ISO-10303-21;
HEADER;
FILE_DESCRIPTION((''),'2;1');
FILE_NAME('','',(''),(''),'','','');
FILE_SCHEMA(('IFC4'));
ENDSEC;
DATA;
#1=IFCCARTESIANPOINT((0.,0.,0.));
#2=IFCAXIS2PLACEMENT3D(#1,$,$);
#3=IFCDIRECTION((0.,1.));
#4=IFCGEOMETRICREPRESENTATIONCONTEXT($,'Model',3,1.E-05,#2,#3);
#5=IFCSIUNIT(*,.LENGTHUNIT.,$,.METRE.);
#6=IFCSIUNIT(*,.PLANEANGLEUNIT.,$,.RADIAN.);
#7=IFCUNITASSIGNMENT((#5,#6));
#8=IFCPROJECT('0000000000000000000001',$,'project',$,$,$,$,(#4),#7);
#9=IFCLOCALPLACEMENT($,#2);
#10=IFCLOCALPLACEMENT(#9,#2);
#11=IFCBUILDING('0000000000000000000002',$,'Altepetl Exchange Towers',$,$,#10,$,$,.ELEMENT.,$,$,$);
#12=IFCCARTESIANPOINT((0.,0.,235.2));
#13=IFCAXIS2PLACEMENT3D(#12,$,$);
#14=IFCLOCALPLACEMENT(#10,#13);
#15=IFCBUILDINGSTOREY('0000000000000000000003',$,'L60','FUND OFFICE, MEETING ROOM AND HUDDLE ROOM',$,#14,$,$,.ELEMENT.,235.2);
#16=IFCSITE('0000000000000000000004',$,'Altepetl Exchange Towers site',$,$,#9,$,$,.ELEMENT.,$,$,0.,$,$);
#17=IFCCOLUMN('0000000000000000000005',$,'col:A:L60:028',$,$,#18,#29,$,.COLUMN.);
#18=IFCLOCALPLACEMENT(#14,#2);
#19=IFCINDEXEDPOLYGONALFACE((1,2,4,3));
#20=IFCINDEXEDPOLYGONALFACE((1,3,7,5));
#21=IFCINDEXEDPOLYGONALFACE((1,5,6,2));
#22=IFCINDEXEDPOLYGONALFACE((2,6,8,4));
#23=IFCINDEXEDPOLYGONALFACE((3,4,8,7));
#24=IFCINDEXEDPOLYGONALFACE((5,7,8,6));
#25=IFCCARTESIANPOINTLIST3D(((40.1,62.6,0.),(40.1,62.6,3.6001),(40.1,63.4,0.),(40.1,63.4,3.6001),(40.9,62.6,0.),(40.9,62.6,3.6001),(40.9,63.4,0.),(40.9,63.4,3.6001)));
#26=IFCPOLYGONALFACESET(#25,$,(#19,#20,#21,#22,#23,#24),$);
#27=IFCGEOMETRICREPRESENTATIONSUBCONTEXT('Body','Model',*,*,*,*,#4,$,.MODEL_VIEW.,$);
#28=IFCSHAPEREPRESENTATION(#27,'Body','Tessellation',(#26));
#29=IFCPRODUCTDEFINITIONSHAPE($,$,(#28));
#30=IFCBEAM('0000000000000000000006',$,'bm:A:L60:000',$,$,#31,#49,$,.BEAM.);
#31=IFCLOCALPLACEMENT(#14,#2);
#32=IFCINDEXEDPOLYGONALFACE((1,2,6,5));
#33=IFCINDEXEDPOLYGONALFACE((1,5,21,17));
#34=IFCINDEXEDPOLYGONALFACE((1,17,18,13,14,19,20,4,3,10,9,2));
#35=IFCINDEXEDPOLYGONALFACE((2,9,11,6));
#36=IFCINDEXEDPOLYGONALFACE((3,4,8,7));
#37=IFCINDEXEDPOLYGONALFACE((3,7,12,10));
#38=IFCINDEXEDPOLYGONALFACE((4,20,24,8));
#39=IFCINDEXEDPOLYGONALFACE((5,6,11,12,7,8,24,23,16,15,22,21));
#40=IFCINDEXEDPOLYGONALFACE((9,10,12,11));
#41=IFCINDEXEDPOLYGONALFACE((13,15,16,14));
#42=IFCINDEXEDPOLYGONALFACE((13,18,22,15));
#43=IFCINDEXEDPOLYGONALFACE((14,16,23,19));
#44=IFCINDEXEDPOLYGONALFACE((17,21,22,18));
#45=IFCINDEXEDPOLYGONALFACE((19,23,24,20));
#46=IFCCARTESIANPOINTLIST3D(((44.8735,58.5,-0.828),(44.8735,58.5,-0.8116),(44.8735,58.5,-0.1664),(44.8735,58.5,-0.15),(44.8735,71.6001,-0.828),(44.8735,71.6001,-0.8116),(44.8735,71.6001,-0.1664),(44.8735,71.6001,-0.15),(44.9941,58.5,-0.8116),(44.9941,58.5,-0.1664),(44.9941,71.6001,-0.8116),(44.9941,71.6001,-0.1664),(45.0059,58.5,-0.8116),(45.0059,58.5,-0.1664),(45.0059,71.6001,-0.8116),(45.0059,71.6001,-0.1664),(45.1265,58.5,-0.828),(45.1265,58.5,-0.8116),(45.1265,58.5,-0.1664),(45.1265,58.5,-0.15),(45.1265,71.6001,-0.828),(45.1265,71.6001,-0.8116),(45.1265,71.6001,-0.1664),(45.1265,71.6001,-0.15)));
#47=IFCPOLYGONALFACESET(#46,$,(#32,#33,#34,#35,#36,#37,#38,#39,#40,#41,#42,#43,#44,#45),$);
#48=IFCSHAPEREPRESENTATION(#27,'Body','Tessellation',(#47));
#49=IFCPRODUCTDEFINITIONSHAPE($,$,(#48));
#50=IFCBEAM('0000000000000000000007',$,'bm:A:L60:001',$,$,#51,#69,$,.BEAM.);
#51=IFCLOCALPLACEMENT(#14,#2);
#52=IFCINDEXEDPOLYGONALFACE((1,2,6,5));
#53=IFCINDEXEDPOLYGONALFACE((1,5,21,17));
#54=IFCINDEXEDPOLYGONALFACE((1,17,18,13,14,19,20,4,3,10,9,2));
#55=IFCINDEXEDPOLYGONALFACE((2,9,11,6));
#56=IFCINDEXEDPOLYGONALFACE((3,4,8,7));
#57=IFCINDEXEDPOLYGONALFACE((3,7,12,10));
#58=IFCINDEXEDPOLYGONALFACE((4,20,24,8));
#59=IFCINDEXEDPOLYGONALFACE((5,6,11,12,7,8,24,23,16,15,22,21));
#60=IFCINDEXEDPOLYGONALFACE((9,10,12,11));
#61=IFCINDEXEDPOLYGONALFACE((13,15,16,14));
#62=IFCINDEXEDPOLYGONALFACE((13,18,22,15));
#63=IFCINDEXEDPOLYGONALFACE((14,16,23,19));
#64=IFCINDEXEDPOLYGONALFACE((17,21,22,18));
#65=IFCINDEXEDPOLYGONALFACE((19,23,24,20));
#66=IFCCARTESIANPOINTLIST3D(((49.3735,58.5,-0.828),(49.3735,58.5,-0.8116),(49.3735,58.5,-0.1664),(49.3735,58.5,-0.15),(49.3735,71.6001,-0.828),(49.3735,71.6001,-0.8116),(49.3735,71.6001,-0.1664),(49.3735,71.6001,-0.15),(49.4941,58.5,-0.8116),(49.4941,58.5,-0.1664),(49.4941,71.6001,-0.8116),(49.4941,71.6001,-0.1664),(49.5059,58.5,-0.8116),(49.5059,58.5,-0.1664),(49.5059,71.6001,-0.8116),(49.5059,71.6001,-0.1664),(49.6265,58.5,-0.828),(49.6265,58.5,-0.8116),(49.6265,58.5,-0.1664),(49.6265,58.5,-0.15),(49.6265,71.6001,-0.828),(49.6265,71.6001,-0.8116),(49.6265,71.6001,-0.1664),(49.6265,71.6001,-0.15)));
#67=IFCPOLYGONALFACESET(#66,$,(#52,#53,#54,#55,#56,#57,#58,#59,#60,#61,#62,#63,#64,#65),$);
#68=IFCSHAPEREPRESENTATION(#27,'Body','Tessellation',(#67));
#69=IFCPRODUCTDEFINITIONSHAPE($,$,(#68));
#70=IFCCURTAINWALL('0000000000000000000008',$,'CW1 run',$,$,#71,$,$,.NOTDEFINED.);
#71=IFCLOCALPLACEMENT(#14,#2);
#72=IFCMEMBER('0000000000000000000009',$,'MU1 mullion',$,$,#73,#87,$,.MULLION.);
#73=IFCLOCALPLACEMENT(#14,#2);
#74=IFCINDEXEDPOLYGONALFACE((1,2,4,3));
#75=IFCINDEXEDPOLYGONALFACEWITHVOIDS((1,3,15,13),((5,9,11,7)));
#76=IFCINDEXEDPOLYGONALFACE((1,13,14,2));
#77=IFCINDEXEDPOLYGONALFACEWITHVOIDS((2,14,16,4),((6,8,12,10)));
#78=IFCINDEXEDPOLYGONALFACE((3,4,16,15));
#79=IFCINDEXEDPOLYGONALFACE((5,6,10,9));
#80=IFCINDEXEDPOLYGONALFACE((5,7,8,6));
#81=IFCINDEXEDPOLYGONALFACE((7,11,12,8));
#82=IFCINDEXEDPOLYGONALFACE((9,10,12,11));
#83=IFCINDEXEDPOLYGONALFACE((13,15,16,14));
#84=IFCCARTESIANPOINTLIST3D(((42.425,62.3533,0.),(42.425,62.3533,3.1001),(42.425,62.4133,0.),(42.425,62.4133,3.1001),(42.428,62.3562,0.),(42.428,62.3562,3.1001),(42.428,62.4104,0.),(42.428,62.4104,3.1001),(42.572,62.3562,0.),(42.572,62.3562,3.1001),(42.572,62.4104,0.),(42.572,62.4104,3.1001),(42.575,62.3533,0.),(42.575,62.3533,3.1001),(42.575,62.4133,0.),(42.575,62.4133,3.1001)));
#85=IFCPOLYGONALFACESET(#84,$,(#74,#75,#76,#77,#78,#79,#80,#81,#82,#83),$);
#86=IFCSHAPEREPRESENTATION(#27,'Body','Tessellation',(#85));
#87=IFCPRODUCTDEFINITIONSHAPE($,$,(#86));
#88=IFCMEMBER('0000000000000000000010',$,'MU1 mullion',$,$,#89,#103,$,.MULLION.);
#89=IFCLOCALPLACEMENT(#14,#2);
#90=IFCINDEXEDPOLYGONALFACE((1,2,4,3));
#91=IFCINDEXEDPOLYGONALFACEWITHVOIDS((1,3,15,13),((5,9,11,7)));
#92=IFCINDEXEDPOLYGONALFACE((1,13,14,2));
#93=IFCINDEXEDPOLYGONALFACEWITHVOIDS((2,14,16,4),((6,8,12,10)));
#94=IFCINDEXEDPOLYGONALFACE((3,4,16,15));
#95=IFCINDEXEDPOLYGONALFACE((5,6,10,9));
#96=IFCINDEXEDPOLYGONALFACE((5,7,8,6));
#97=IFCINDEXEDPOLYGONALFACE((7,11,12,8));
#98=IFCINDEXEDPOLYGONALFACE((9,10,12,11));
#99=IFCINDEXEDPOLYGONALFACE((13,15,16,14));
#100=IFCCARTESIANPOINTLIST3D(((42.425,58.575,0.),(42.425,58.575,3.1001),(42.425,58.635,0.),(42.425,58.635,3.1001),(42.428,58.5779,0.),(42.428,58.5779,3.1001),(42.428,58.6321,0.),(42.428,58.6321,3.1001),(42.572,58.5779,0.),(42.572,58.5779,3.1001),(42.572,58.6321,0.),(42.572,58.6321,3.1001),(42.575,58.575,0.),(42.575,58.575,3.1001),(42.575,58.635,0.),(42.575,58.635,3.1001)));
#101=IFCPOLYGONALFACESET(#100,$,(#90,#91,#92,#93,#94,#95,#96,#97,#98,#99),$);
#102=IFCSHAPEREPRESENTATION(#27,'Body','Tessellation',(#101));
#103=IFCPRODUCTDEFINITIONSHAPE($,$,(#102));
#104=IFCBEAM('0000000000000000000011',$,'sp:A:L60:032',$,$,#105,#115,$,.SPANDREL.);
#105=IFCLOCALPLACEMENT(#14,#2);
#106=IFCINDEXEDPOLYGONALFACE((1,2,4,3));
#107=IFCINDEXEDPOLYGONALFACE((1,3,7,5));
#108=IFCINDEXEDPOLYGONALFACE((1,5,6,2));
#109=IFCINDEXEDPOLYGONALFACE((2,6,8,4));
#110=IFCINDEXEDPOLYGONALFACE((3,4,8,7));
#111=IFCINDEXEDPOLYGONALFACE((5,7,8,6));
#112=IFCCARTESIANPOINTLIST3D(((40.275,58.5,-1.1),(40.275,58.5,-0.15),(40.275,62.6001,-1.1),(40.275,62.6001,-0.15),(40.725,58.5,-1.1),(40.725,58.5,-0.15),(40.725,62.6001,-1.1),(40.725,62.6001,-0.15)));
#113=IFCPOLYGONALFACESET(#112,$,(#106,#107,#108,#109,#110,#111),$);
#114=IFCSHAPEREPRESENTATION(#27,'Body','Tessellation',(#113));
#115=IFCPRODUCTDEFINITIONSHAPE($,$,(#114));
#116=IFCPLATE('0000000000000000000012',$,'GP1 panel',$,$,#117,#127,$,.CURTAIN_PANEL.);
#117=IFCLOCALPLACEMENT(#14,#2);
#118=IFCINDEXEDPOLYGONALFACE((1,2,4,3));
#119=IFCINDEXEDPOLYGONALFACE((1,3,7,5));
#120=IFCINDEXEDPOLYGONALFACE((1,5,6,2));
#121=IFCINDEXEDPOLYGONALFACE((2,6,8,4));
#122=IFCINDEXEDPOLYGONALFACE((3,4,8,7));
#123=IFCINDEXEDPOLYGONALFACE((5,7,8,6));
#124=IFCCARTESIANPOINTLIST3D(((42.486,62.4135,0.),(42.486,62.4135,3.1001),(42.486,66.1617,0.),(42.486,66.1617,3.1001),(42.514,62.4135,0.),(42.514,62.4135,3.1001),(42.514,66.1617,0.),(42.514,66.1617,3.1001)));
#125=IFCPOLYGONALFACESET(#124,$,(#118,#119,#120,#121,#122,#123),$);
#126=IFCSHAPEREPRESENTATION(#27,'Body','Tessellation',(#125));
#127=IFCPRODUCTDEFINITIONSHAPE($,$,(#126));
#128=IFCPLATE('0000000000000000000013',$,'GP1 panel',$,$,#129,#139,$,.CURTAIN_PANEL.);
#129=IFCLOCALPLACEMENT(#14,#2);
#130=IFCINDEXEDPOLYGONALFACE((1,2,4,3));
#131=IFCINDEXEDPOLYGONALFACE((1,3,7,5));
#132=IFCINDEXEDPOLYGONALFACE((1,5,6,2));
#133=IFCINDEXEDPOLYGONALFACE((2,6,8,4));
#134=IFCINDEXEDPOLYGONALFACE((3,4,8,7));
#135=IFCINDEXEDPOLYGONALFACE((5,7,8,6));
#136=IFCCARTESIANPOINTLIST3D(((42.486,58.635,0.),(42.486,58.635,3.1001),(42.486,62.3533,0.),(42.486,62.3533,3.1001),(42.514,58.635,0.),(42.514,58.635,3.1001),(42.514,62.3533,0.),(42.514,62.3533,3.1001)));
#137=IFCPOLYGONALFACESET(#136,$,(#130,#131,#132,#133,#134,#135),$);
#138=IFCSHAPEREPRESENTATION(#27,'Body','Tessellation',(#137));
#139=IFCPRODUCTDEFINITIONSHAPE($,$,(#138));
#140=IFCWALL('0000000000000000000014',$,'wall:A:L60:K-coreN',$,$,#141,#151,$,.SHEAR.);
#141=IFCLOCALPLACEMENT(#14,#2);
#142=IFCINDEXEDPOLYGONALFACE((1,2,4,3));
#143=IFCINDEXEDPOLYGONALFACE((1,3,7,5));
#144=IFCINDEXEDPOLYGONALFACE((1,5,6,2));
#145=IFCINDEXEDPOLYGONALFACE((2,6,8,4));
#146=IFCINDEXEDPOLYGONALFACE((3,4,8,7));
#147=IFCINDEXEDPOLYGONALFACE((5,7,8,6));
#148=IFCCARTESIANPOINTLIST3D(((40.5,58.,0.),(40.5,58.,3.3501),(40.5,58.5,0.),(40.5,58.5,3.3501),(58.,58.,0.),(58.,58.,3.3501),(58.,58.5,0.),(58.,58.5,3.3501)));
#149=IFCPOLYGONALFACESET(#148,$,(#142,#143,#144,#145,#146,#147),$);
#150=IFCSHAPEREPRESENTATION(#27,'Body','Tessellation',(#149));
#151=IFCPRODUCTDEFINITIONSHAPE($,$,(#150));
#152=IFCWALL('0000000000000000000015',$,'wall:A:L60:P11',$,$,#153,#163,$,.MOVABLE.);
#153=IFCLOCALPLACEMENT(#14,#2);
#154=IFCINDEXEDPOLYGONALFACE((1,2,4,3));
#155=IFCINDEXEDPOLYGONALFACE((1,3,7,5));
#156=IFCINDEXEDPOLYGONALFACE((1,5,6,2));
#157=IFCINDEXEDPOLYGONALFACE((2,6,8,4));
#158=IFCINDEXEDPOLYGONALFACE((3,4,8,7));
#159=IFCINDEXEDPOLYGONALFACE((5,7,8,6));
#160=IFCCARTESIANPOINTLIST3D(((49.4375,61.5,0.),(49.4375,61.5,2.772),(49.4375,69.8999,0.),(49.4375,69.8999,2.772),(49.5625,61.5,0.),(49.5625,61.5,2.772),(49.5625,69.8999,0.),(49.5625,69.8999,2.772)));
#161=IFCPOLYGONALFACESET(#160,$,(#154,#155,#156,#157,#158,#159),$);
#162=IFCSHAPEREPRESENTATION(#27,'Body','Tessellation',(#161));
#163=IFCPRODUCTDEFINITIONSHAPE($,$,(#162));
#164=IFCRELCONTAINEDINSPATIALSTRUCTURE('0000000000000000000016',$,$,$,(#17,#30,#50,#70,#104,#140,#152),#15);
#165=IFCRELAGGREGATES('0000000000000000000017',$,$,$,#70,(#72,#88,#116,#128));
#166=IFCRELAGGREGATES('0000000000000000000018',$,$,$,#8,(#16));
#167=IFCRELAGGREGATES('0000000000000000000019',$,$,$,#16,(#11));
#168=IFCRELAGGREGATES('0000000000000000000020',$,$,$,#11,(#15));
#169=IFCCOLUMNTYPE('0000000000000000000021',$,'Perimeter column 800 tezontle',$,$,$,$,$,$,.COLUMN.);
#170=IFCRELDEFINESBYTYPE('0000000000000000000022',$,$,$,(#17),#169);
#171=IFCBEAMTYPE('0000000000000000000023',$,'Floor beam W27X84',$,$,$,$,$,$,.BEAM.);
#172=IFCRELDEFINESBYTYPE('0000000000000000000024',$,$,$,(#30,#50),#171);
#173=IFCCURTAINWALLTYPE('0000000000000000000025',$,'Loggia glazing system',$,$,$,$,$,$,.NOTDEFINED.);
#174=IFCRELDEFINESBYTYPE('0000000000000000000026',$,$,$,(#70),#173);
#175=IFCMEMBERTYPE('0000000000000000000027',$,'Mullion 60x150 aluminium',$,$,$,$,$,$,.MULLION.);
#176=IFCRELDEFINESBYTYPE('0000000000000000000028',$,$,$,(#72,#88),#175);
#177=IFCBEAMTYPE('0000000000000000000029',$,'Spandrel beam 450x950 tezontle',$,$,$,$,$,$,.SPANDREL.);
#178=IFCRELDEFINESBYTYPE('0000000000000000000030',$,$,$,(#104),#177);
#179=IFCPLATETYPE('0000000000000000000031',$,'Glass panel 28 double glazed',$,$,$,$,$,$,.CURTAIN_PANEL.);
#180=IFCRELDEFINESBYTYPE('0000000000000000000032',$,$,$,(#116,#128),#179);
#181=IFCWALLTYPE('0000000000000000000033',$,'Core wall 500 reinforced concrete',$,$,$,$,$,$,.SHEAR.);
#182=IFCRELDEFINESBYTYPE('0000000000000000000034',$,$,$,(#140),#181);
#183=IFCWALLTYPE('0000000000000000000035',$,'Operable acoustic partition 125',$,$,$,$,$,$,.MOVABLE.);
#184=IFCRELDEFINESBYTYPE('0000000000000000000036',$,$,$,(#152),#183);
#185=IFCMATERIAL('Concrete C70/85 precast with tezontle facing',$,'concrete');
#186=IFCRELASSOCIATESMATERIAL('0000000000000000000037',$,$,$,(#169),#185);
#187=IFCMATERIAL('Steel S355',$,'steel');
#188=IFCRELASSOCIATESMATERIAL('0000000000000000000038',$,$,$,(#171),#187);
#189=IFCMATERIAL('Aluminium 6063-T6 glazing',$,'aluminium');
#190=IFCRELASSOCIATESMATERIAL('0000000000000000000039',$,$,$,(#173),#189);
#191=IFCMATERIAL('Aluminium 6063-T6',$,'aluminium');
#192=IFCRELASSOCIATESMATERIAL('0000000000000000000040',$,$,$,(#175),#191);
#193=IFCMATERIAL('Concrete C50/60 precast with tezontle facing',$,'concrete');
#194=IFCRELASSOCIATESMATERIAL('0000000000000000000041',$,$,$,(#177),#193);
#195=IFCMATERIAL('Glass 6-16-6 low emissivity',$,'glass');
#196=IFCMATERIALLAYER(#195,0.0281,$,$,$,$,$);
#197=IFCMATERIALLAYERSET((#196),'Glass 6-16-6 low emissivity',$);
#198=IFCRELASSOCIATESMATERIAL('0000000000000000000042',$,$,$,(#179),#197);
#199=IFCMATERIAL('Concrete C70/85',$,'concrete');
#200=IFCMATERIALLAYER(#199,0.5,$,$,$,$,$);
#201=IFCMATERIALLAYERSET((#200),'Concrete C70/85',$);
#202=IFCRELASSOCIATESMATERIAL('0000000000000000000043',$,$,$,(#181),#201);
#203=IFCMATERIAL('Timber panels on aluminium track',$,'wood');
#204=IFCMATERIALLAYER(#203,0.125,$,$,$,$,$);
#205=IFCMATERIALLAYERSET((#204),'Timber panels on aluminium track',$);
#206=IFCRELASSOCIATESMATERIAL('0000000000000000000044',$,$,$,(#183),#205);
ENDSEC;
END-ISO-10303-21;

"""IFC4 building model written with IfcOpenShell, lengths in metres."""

from ifc_helpers import new_model, si_unit, direction, frame, frame_2d, origin, origin_2d, place, context, subcontext, project, spatial, rectangle, hollow_rectangle, i_section, extrude, material, layer, layer_set, material_profile, profile_set, type_object, element, aggregate, save


model = new_model("IFC4")

# Units and contexts
model_context = context("Model", 3, precision=1e-05, world=origin(), true_north=direction((0.0, 1.0)))
body_context = subcontext(model_context, "Body", "Model", "MODEL_VIEW")
ifc_project = project(units=[si_unit("LENGTHUNIT", "METRE"), si_unit("PLANEANGLEUNIT", "RADIAN")], contexts=[model_context])

# Site, building, storey
site_placement = place(None, origin())
site = spatial("IfcSite", under=ifc_project, at=site_placement, Name="Altepetl Exchange Towers site", CompositionType="ELEMENT", RefElevation=0.0)
building_placement = place(site_placement, origin())
building = spatial("IfcBuilding", under=site, at=building_placement, Name="Altepetl Exchange Towers", CompositionType="ELEMENT")
storey_placement = place(building_placement, frame((0.0, 0.0, 235.2)))
storey = spatial("IfcBuildingStorey", under=building, at=storey_placement, Name="L60", Description="FUND OFFICE, MEETING ROOM AND HUDDLE ROOM", CompositionType="ELEMENT", Elevation=235.2)

# Column
ifc_material_1 = material(Name="Concrete C70/85 precast with tezontle facing", Category="concrete")
ifc_material_profile_1 = material_profile(ifc_material_1, rectangle(XDim=0.8, YDim=0.8, at=origin_2d()), Name="800 x 800")
ifc_profile_set_1 = profile_set([ifc_material_profile_1], Name="Concrete C70/85 precast with tezontle facing")
column_type = type_object("IfcColumnType", Name="Perimeter column 800 tezontle", PredefinedType="COLUMN", material=ifc_profile_set_1)
column_placement = place(storey_placement, frame((40.5, 63.0, 0.0)))
element("IfcColumn", 1, at=column_placement, inside=storey, type_object=column_type, Name="col:A:L60:028", PredefinedType="COLUMN", context=body_context, shape_type="SweptSolid", body=[
    extrude(rectangle(XDim=0.8, YDim=0.8, at=origin_2d()), origin(), (0.0, 0.0, 1.0), 3.6001),
])

# Beams
ifc_material_2 = material(Name="Steel S355", Category="steel")
ifc_material_profile_2 = material_profile(ifc_material_2, i_section(OverallWidth=0.2529, OverallDepth=0.678, WebThickness=0.0117, FlangeThickness=0.0164, at=origin_2d()), Name="W27X84")
ifc_profile_set_2 = profile_set([ifc_material_profile_2], Name="Steel S355")
beam_type_1 = type_object("IfcBeamType", Name="Floor beam W27X84", PredefinedType="BEAM", material=ifc_profile_set_2)
for number, where, z_axis, x_axis, name in (
    (2, (45.0, 58.5, -0.489), (0.0, 1.0, 0.0), (-1.0, 0.0, 0.0), "bm:A:L60:000"),
    (3, (49.5, 58.5, -0.489), (0.0, 1.0, 0.0), (-1.0, 0.0, 0.0), "bm:A:L60:001"),
):
    element("IfcBeam", number, at=place(storey_placement, frame(where, z_axis=z_axis, x_axis=x_axis)), inside=storey, type_object=beam_type_1, Name=name, PredefinedType="BEAM", context=body_context, shape_type="SweptSolid", body=[
        extrude(i_section(OverallWidth=0.2529, OverallDepth=0.678, WebThickness=0.0117, FlangeThickness=0.0164, at=origin_2d()), origin(), (0.0, 0.0, 1.0), 13.1001),
    ])

# Curtain wall, members
ifc_material_3 = material(Name="Aluminium 6063-T6 glazing", Category="aluminium")
curtain_wall_type = type_object("IfcCurtainWallType", Name="Loggia glazing system", PredefinedType="NOTDEFINED", material=ifc_material_3)
curtain_wall_placement = place(storey_placement, origin())
curtain_wall = element("IfcCurtainWall", 4, at=curtain_wall_placement, inside=storey, type_object=curtain_wall_type, Name="CW1 run", PredefinedType="NOTDEFINED")
ifc_material_4 = material(Name="Aluminium 6063-T6", Category="aluminium")
ifc_material_profile_3 = material_profile(ifc_material_4, hollow_rectangle(XDim=0.0601, YDim=0.1499, WallThickness=0.0029, at=origin_2d()), Name="Mullion 60x150 aluminium")
ifc_profile_set_3 = profile_set([ifc_material_profile_3], Name="Aluminium 6063-T6")
member_type = type_object("IfcMemberType", Name="Mullion 60x150 aluminium", PredefinedType="MULLION", material=ifc_profile_set_3)
member_1_placement = place(storey_placement, frame((42.5, 62.3833, 0.0), z_axis=(0.0, 0.0, 1.0), x_axis=(0.0, -1.0, 0.0)))
member_1 = element("IfcMember", 5, at=member_1_placement, type_object=member_type, Name="MU1 mullion", PredefinedType="MULLION", context=body_context, shape_type="SweptSolid", body=[
    extrude(hollow_rectangle(XDim=0.0601, YDim=0.1499, WallThickness=0.0029, at=origin_2d()), origin(), (0.0, 0.0, 1.0), 3.1001),
])
member_2_placement = place(storey_placement, frame((42.5, 58.605, 0.0), z_axis=(0.0, 0.0, 1.0), x_axis=(0.0, -1.0, 0.0)))
member_2 = element("IfcMember", 6, at=member_2_placement, type_object=member_type, Name="MU1 mullion", PredefinedType="MULLION", context=body_context, shape_type="SweptSolid", body=[
    extrude(hollow_rectangle(XDim=0.0601, YDim=0.1499, WallThickness=0.0029, at=origin_2d()), origin(), (0.0, 0.0, 1.0), 3.1001),
])

# Beam
ifc_material_5 = material(Name="Concrete C50/60 precast with tezontle facing", Category="concrete")
ifc_material_profile_4 = material_profile(ifc_material_5, rectangle(XDim=0.45, YDim=0.95, at=origin_2d()), Name="450 x 950")
ifc_profile_set_4 = profile_set([ifc_material_profile_4], Name="Concrete C50/60 precast with tezontle facing")
beam_type_2 = type_object("IfcBeamType", Name="Spandrel beam 450x950 tezontle", PredefinedType="SPANDREL", material=ifc_profile_set_4)
beam_placement = place(storey_placement, frame((40.5, 62.6001, -0.625), z_axis=(0.0, -1.0, 0.0), x_axis=(1.0, 0.0, 0.0)))
element("IfcBeam", 7, at=beam_placement, inside=storey, type_object=beam_type_2, Name="sp:A:L60:032", PredefinedType="SPANDREL", context=body_context, shape_type="SweptSolid", body=[
    extrude(rectangle(XDim=0.45, YDim=0.95, at=origin_2d()), origin(), (0.0, 0.0, 1.0), 4.1001),
])

# Plates
ifc_material_6 = material(Name="Glass 6-16-6 low emissivity", Category="glass")
ifc_layer_1 = layer(ifc_material_6, 0.0281)
ifc_layer_set_1 = layer_set([ifc_layer_1], Name="Glass 6-16-6 low emissivity")
plate_type = type_object("IfcPlateType", Name="Glass panel 28 double glazed", PredefinedType="CURTAIN_PANEL", material=ifc_layer_set_1)
plate_1_placement = place(storey_placement, frame((42.5, 64.2876, 0.0), z_axis=(0.0, 0.0, 1.0), x_axis=(0.0, -1.0, 0.0)))
plate_1 = element("IfcPlate", 8, at=plate_1_placement, type_object=plate_type, Name="GP1 panel", PredefinedType="CURTAIN_PANEL", context=body_context, shape_type="SweptSolid", body=[
    extrude(rectangle(XDim=3.7483, YDim=0.0281, at=origin_2d()), origin(), (0.0, 0.0, 1.0), 3.1001),
])
plate_2_placement = place(storey_placement, frame((42.5, 60.4941, 0.0), z_axis=(0.0, 0.0, 1.0), x_axis=(0.0, -1.0, 0.0)))
plate_2 = element("IfcPlate", 9, at=plate_2_placement, type_object=plate_type, Name="GP1 panel", PredefinedType="CURTAIN_PANEL", context=body_context, shape_type="SweptSolid", body=[
    extrude(rectangle(XDim=3.7183, YDim=0.0281, at=origin_2d()), origin(), (0.0, 0.0, 1.0), 3.1001),
])
aggregate(curtain_wall, [member_1, member_2, plate_1, plate_2])

# Walls
ifc_material_7 = material(Name="Concrete C70/85", Category="concrete")
ifc_layer_2 = layer(ifc_material_7, 0.5)
ifc_layer_set_2 = layer_set([ifc_layer_2], Name="Concrete C70/85")
wall_type_1 = type_object("IfcWallType", Name="Core wall 500 reinforced concrete", PredefinedType="SHEAR", material=ifc_layer_set_2)
wall_1_placement = place(storey_placement, frame((40.5, 58.25, 0.0)))
element("IfcWall", 10, at=wall_1_placement, inside=storey, type_object=wall_type_1, Name="wall:A:L60:K-coreN", PredefinedType="SHEAR", context=body_context, shape_type="SweptSolid", body=[
    extrude(rectangle(XDim=17.5, YDim=0.5, at=frame_2d((8.75, 0.0))), origin(), (0.0, 0.0, 1.0), 3.3501),
])
ifc_material_8 = material(Name="Timber panels on aluminium track", Category="wood")
ifc_layer_3 = layer(ifc_material_8, 0.125)
ifc_layer_set_3 = layer_set([ifc_layer_3], Name="Timber panels on aluminium track")
wall_type_2 = type_object("IfcWallType", Name="Operable acoustic partition 125", PredefinedType="MOVABLE", material=ifc_layer_set_3)
wall_2_placement = place(storey_placement, frame((49.5, 61.5, 0.0), z_axis=(0.0, 0.0, 1.0), x_axis=(0.0, 1.0, 0.0)))
element("IfcWall", 11, at=wall_2_placement, inside=storey, type_object=wall_type_2, Name="wall:A:L60:P11", PredefinedType="MOVABLE", context=body_context, shape_type="SweptSolid", body=[
    extrude(rectangle(XDim=8.3999, YDim=0.125, at=frame_2d((4.2, 0.0))), origin(), (0.0, 0.0, 1.0), 2.772),
])

save(model, "model.ifc")
